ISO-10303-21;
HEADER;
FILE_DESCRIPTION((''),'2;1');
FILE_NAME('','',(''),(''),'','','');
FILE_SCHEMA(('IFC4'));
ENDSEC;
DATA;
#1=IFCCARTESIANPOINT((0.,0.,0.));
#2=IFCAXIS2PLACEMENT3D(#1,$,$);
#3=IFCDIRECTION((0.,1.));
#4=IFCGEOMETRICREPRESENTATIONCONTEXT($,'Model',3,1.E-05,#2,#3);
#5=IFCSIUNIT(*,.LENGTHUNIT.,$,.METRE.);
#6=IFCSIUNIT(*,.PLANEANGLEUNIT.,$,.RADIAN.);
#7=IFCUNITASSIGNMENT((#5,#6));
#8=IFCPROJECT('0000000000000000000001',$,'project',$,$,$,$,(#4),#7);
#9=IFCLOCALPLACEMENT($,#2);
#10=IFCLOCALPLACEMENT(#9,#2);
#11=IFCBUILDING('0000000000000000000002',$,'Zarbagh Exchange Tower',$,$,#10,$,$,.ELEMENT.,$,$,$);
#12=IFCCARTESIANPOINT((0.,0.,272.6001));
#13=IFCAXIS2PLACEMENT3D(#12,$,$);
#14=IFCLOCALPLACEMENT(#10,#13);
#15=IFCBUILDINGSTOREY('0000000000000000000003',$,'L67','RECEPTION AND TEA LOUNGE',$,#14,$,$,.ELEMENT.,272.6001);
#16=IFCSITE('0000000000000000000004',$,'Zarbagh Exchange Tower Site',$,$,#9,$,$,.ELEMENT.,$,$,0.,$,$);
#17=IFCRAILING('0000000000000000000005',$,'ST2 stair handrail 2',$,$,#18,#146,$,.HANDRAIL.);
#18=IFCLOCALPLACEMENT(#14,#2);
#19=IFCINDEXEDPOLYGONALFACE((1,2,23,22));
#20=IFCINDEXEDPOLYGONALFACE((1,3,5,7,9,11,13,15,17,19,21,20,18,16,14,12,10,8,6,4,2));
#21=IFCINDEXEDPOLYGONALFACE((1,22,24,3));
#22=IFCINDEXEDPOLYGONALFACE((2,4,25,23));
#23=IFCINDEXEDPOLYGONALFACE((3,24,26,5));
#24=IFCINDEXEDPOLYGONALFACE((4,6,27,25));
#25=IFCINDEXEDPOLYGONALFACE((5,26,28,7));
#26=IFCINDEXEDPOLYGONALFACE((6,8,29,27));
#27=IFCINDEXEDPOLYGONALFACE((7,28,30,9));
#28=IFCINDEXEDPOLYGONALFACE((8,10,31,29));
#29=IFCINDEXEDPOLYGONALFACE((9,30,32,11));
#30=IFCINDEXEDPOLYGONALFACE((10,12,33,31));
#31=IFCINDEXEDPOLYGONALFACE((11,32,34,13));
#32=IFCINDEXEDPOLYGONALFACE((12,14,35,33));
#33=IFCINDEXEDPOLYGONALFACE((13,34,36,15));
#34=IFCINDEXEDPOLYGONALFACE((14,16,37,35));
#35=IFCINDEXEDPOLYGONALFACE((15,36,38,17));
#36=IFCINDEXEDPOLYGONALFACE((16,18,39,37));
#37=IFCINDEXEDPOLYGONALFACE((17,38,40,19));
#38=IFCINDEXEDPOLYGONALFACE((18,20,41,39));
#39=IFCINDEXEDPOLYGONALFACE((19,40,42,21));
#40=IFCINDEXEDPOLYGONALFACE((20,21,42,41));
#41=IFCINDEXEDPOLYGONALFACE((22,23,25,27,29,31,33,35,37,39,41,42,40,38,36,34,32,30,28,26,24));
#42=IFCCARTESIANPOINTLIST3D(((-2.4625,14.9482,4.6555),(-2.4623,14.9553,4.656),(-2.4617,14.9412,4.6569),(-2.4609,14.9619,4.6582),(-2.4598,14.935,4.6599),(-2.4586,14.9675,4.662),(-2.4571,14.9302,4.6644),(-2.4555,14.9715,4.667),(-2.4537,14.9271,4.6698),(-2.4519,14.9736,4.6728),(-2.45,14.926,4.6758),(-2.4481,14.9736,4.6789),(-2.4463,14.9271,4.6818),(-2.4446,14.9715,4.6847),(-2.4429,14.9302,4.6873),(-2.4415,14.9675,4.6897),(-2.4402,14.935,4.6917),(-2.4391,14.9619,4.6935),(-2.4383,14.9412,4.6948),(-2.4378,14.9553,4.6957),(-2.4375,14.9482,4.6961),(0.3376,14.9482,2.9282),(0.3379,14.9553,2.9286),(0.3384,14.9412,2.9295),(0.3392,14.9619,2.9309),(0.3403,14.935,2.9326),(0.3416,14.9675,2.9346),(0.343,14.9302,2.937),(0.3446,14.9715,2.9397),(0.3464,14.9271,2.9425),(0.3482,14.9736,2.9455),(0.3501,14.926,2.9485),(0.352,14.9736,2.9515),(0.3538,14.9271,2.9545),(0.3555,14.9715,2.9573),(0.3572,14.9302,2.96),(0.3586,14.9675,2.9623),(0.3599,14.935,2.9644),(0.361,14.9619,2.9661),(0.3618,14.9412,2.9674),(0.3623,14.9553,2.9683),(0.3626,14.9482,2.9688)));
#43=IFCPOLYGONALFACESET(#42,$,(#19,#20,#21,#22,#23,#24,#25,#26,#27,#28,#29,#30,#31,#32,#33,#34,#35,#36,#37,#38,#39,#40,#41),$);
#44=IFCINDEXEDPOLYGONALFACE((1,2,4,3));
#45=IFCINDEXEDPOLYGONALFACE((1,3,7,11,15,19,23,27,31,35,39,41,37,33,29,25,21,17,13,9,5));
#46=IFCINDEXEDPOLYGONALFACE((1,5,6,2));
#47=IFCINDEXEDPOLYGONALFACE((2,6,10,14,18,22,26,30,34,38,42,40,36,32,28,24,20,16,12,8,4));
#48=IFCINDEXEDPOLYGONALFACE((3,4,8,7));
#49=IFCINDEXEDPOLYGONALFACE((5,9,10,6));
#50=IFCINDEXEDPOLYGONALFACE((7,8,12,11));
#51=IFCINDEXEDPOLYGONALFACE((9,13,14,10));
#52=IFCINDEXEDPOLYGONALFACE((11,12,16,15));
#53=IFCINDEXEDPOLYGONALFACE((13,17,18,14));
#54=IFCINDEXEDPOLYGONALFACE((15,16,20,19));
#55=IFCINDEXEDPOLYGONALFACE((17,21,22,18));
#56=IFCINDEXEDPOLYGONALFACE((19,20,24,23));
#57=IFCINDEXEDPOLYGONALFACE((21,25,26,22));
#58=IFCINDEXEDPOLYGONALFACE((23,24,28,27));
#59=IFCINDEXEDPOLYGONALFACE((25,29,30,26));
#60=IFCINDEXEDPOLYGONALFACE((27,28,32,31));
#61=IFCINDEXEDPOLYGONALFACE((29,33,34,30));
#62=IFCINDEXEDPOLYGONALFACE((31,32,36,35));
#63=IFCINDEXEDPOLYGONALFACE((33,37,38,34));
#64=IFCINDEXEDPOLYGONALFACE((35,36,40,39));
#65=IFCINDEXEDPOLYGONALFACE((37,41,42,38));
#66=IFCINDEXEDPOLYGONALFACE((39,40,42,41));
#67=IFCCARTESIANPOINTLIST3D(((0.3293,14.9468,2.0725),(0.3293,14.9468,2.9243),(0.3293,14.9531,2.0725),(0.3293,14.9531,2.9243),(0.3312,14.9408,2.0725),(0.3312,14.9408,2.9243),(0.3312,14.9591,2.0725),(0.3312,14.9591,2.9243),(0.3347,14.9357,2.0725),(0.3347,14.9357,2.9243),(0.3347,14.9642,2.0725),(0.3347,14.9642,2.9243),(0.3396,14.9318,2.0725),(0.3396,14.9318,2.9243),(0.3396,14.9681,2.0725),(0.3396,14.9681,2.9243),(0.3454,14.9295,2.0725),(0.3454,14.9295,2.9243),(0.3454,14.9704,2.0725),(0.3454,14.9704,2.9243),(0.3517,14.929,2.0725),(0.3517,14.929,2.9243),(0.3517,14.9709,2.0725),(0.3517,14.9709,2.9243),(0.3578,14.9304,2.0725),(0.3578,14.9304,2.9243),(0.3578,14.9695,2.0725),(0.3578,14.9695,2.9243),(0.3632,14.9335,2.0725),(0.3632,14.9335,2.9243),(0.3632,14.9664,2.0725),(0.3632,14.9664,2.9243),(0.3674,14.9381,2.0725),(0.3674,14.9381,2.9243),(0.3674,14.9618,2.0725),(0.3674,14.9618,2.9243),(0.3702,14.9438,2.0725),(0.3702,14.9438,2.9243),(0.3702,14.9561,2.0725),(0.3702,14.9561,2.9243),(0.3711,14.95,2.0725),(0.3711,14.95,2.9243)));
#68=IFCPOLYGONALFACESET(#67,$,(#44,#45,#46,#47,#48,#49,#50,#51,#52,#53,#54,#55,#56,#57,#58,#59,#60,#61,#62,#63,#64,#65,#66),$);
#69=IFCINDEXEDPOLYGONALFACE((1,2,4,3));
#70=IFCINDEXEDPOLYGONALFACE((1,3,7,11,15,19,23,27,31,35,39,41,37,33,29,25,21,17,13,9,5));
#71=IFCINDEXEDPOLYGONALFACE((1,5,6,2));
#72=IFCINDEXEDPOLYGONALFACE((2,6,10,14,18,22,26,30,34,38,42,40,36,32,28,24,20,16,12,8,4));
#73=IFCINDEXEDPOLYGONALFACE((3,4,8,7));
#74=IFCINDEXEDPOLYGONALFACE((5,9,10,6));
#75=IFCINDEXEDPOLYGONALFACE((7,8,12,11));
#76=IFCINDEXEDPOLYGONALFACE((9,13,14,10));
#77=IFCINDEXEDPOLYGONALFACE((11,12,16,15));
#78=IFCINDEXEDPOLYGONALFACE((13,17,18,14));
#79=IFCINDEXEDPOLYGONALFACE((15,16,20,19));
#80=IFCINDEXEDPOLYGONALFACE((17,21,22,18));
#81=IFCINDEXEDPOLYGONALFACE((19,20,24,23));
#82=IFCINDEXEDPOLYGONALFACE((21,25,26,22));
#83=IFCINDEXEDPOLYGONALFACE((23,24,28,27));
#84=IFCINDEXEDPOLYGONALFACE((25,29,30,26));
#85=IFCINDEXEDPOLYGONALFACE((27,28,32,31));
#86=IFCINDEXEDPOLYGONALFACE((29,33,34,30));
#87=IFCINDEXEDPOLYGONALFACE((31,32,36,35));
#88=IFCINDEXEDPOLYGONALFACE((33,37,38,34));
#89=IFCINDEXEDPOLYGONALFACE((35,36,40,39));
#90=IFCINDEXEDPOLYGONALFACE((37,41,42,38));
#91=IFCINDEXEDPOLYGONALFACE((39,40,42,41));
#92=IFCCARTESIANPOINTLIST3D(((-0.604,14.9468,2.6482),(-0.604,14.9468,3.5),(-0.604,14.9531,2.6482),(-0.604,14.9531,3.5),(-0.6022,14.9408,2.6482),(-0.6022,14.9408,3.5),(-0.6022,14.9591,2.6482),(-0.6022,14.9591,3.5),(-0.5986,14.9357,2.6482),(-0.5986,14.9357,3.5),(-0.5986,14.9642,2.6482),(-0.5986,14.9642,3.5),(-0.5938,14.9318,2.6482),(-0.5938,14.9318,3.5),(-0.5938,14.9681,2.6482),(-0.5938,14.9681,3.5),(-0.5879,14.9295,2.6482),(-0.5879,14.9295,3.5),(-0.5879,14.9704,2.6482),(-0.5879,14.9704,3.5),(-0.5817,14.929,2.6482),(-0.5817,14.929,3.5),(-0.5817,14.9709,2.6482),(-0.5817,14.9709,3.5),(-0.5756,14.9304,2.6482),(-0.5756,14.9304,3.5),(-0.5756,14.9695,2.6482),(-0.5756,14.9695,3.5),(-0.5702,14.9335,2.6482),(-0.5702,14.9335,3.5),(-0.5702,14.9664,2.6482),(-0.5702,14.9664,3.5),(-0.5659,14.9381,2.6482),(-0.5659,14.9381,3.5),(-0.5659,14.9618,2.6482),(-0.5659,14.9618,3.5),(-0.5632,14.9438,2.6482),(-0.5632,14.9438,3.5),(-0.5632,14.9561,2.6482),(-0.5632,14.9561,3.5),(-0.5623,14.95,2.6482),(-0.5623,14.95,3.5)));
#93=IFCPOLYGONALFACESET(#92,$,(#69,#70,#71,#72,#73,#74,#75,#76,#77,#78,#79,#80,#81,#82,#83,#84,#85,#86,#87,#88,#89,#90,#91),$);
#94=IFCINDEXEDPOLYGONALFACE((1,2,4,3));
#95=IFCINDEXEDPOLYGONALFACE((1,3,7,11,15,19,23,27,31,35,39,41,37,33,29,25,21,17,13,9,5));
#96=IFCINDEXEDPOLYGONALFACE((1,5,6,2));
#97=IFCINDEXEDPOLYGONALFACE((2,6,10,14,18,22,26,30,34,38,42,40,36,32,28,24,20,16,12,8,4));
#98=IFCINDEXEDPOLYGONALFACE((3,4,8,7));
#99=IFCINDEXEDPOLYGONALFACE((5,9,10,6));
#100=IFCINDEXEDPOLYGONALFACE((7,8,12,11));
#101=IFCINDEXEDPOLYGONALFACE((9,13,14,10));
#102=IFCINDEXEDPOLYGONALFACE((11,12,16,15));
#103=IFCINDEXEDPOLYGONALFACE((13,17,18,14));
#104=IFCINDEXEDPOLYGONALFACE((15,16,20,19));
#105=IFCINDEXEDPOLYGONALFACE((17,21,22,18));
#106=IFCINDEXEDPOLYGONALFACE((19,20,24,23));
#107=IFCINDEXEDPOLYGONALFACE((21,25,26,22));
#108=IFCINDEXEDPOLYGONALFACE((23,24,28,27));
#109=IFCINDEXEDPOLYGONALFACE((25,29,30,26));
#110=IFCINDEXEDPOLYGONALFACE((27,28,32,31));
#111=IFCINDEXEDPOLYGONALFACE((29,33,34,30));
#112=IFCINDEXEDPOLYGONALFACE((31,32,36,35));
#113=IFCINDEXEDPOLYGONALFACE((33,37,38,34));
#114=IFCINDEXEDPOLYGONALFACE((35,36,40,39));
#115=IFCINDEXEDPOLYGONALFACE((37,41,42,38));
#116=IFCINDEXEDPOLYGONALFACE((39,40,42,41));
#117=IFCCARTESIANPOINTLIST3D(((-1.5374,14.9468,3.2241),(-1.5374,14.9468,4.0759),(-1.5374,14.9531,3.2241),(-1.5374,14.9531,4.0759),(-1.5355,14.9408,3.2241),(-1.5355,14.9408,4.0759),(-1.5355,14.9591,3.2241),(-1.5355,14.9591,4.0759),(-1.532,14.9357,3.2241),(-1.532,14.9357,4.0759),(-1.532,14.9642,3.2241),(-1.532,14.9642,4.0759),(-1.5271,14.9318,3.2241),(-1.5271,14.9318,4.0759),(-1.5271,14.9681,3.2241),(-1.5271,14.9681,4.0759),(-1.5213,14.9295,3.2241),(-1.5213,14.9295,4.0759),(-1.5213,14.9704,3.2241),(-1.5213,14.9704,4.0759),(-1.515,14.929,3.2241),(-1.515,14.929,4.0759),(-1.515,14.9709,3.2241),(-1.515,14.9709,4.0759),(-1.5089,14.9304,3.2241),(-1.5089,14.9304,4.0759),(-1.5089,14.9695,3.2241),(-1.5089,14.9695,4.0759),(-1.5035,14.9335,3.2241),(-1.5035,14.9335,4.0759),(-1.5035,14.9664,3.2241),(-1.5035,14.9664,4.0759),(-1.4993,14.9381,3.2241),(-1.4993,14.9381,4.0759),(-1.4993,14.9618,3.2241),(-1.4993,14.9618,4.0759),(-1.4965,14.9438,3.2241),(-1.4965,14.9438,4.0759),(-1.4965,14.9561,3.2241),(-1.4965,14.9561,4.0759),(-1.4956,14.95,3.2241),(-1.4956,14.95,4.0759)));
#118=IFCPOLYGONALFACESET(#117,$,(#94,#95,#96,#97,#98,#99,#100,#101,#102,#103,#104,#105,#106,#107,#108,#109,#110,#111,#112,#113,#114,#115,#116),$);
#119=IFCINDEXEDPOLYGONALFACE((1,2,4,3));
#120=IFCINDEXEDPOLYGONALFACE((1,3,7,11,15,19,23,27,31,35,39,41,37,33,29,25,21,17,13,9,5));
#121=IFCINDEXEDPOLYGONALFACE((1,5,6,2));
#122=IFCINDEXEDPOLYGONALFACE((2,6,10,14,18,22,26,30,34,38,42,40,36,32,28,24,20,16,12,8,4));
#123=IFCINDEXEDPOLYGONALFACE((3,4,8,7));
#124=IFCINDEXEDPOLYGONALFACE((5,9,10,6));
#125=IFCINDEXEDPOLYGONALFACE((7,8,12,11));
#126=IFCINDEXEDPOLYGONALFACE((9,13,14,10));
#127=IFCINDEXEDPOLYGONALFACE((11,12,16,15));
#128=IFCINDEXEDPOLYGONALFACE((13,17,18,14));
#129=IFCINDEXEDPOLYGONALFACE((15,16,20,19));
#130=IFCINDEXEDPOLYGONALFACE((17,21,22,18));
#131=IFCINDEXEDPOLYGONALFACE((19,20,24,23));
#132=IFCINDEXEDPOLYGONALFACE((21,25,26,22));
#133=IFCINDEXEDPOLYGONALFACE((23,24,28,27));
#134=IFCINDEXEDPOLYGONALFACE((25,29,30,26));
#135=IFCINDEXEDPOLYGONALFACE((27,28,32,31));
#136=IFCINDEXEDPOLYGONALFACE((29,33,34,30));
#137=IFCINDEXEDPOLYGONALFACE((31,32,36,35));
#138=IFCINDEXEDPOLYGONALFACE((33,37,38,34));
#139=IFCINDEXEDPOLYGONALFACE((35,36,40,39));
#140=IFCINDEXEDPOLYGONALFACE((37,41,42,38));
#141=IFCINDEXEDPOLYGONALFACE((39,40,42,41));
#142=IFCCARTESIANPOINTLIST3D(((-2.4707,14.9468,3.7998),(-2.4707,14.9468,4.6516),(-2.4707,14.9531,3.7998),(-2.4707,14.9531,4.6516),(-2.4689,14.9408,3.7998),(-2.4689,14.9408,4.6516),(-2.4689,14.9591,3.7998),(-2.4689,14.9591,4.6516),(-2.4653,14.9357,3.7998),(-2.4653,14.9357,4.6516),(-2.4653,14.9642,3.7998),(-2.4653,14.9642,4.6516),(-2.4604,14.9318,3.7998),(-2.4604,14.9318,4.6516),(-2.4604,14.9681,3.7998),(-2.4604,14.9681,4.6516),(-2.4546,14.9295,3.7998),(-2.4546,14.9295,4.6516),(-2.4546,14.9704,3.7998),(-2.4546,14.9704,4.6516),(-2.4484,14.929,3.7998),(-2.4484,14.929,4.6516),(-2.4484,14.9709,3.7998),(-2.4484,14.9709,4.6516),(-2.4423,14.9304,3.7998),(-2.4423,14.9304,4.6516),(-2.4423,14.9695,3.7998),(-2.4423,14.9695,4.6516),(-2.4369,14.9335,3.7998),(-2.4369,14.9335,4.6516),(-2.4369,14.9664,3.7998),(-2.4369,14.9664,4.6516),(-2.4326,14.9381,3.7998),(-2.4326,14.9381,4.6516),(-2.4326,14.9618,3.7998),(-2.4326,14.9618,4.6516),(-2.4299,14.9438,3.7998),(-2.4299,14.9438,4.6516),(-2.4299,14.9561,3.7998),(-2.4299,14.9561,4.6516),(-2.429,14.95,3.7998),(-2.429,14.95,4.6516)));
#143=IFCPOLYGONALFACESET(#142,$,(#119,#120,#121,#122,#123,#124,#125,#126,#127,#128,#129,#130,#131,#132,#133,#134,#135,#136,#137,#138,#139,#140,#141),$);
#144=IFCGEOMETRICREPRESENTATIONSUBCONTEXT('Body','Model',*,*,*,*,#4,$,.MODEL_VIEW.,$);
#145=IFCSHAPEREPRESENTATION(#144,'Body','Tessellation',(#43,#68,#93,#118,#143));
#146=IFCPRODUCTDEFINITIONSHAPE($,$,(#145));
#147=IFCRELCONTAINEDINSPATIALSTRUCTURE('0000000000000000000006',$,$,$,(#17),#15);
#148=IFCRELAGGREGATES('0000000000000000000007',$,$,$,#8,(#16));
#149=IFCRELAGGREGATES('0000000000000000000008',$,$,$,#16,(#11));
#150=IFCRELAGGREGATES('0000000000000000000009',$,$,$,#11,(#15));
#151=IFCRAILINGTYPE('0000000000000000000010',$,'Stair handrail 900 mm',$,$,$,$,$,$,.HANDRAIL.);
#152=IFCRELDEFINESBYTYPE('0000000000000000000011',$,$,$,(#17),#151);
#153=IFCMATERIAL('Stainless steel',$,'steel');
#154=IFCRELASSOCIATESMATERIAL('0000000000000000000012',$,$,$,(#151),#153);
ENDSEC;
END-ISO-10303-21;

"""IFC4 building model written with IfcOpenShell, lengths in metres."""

from ifc_helpers import new_model, si_unit, direction, frame, origin, origin_2d, place, context, subcontext, project, spatial, circle, extrude, material, type_object, element, save


model = new_model("IFC4")

# Units and contexts
model_context = context("Model", 3, precision=1e-05, world=origin(), true_north=direction((0.0, 1.0)))
body_context = subcontext(model_context, "Body", "Model", "MODEL_VIEW")
ifc_project = project(units=[si_unit("LENGTHUNIT", "METRE"), si_unit("PLANEANGLEUNIT", "RADIAN")], contexts=[model_context])

# Site, building, storey
site_placement = place(None, origin())
site = spatial("IfcSite", under=ifc_project, at=site_placement, Name="Zarbagh Exchange Tower Site", CompositionType="ELEMENT", RefElevation=0.0)
building_placement = place(site_placement, origin())
building = spatial("IfcBuilding", under=site, at=building_placement, Name="Zarbagh Exchange Tower", CompositionType="ELEMENT")
storey_placement = place(building_placement, frame((0.0, 0.0, 272.6001)))
storey = spatial("IfcBuildingStorey", under=building, at=storey_placement, Name="L67", Description="RECEPTION AND TEA LOUNGE", CompositionType="ELEMENT", Elevation=272.6001)

# Railing
ifc_material_1 = material(Name="Stainless steel", Category="steel")
railing_type_1 = type_object("IfcRailingType", Name="Stair handrail 900 mm", PredefinedType="HANDRAIL", material=ifc_material_1)
railing_1_placement = place(storey_placement, frame((0.3501, 14.95, 2.0725)))
element("IfcRailing", 1, at=railing_1_placement, inside=storey, type_object=railing_type_1, Name="ST2 stair handrail 2", PredefinedType="HANDRAIL", context=body_context, shape_type="SweptSolid", body=[
    extrude(circle(Radius=0.0239, at=origin_2d()), frame((0.0, 0.0, 0.876), z_axis=(-0.85109, 0.0, 0.52502), x_axis=(0.0, -1.0, 0.0)), (0.0, 0.0, 1.0), 3.29),
    extrude(circle(Radius=0.021, at=origin_2d()), origin(), (0.0, 0.0, 1.0), 0.8518),
    extrude(circle(Radius=0.021, at=origin_2d()), frame((-0.9333, 0.0, 0.5757)), (0.0, 0.0, 1.0), 0.8518),
    extrude(circle(Radius=0.021, at=origin_2d()), frame((-1.8667, 0.0, 1.1516)), (0.0, 0.0, 1.0), 0.8518),
    extrude(circle(Radius=0.021, at=origin_2d()), frame((-2.8, 0.0, 1.7273)), (0.0, 0.0, 1.0), 0.8518),
])

save(model, "model.ifc")
